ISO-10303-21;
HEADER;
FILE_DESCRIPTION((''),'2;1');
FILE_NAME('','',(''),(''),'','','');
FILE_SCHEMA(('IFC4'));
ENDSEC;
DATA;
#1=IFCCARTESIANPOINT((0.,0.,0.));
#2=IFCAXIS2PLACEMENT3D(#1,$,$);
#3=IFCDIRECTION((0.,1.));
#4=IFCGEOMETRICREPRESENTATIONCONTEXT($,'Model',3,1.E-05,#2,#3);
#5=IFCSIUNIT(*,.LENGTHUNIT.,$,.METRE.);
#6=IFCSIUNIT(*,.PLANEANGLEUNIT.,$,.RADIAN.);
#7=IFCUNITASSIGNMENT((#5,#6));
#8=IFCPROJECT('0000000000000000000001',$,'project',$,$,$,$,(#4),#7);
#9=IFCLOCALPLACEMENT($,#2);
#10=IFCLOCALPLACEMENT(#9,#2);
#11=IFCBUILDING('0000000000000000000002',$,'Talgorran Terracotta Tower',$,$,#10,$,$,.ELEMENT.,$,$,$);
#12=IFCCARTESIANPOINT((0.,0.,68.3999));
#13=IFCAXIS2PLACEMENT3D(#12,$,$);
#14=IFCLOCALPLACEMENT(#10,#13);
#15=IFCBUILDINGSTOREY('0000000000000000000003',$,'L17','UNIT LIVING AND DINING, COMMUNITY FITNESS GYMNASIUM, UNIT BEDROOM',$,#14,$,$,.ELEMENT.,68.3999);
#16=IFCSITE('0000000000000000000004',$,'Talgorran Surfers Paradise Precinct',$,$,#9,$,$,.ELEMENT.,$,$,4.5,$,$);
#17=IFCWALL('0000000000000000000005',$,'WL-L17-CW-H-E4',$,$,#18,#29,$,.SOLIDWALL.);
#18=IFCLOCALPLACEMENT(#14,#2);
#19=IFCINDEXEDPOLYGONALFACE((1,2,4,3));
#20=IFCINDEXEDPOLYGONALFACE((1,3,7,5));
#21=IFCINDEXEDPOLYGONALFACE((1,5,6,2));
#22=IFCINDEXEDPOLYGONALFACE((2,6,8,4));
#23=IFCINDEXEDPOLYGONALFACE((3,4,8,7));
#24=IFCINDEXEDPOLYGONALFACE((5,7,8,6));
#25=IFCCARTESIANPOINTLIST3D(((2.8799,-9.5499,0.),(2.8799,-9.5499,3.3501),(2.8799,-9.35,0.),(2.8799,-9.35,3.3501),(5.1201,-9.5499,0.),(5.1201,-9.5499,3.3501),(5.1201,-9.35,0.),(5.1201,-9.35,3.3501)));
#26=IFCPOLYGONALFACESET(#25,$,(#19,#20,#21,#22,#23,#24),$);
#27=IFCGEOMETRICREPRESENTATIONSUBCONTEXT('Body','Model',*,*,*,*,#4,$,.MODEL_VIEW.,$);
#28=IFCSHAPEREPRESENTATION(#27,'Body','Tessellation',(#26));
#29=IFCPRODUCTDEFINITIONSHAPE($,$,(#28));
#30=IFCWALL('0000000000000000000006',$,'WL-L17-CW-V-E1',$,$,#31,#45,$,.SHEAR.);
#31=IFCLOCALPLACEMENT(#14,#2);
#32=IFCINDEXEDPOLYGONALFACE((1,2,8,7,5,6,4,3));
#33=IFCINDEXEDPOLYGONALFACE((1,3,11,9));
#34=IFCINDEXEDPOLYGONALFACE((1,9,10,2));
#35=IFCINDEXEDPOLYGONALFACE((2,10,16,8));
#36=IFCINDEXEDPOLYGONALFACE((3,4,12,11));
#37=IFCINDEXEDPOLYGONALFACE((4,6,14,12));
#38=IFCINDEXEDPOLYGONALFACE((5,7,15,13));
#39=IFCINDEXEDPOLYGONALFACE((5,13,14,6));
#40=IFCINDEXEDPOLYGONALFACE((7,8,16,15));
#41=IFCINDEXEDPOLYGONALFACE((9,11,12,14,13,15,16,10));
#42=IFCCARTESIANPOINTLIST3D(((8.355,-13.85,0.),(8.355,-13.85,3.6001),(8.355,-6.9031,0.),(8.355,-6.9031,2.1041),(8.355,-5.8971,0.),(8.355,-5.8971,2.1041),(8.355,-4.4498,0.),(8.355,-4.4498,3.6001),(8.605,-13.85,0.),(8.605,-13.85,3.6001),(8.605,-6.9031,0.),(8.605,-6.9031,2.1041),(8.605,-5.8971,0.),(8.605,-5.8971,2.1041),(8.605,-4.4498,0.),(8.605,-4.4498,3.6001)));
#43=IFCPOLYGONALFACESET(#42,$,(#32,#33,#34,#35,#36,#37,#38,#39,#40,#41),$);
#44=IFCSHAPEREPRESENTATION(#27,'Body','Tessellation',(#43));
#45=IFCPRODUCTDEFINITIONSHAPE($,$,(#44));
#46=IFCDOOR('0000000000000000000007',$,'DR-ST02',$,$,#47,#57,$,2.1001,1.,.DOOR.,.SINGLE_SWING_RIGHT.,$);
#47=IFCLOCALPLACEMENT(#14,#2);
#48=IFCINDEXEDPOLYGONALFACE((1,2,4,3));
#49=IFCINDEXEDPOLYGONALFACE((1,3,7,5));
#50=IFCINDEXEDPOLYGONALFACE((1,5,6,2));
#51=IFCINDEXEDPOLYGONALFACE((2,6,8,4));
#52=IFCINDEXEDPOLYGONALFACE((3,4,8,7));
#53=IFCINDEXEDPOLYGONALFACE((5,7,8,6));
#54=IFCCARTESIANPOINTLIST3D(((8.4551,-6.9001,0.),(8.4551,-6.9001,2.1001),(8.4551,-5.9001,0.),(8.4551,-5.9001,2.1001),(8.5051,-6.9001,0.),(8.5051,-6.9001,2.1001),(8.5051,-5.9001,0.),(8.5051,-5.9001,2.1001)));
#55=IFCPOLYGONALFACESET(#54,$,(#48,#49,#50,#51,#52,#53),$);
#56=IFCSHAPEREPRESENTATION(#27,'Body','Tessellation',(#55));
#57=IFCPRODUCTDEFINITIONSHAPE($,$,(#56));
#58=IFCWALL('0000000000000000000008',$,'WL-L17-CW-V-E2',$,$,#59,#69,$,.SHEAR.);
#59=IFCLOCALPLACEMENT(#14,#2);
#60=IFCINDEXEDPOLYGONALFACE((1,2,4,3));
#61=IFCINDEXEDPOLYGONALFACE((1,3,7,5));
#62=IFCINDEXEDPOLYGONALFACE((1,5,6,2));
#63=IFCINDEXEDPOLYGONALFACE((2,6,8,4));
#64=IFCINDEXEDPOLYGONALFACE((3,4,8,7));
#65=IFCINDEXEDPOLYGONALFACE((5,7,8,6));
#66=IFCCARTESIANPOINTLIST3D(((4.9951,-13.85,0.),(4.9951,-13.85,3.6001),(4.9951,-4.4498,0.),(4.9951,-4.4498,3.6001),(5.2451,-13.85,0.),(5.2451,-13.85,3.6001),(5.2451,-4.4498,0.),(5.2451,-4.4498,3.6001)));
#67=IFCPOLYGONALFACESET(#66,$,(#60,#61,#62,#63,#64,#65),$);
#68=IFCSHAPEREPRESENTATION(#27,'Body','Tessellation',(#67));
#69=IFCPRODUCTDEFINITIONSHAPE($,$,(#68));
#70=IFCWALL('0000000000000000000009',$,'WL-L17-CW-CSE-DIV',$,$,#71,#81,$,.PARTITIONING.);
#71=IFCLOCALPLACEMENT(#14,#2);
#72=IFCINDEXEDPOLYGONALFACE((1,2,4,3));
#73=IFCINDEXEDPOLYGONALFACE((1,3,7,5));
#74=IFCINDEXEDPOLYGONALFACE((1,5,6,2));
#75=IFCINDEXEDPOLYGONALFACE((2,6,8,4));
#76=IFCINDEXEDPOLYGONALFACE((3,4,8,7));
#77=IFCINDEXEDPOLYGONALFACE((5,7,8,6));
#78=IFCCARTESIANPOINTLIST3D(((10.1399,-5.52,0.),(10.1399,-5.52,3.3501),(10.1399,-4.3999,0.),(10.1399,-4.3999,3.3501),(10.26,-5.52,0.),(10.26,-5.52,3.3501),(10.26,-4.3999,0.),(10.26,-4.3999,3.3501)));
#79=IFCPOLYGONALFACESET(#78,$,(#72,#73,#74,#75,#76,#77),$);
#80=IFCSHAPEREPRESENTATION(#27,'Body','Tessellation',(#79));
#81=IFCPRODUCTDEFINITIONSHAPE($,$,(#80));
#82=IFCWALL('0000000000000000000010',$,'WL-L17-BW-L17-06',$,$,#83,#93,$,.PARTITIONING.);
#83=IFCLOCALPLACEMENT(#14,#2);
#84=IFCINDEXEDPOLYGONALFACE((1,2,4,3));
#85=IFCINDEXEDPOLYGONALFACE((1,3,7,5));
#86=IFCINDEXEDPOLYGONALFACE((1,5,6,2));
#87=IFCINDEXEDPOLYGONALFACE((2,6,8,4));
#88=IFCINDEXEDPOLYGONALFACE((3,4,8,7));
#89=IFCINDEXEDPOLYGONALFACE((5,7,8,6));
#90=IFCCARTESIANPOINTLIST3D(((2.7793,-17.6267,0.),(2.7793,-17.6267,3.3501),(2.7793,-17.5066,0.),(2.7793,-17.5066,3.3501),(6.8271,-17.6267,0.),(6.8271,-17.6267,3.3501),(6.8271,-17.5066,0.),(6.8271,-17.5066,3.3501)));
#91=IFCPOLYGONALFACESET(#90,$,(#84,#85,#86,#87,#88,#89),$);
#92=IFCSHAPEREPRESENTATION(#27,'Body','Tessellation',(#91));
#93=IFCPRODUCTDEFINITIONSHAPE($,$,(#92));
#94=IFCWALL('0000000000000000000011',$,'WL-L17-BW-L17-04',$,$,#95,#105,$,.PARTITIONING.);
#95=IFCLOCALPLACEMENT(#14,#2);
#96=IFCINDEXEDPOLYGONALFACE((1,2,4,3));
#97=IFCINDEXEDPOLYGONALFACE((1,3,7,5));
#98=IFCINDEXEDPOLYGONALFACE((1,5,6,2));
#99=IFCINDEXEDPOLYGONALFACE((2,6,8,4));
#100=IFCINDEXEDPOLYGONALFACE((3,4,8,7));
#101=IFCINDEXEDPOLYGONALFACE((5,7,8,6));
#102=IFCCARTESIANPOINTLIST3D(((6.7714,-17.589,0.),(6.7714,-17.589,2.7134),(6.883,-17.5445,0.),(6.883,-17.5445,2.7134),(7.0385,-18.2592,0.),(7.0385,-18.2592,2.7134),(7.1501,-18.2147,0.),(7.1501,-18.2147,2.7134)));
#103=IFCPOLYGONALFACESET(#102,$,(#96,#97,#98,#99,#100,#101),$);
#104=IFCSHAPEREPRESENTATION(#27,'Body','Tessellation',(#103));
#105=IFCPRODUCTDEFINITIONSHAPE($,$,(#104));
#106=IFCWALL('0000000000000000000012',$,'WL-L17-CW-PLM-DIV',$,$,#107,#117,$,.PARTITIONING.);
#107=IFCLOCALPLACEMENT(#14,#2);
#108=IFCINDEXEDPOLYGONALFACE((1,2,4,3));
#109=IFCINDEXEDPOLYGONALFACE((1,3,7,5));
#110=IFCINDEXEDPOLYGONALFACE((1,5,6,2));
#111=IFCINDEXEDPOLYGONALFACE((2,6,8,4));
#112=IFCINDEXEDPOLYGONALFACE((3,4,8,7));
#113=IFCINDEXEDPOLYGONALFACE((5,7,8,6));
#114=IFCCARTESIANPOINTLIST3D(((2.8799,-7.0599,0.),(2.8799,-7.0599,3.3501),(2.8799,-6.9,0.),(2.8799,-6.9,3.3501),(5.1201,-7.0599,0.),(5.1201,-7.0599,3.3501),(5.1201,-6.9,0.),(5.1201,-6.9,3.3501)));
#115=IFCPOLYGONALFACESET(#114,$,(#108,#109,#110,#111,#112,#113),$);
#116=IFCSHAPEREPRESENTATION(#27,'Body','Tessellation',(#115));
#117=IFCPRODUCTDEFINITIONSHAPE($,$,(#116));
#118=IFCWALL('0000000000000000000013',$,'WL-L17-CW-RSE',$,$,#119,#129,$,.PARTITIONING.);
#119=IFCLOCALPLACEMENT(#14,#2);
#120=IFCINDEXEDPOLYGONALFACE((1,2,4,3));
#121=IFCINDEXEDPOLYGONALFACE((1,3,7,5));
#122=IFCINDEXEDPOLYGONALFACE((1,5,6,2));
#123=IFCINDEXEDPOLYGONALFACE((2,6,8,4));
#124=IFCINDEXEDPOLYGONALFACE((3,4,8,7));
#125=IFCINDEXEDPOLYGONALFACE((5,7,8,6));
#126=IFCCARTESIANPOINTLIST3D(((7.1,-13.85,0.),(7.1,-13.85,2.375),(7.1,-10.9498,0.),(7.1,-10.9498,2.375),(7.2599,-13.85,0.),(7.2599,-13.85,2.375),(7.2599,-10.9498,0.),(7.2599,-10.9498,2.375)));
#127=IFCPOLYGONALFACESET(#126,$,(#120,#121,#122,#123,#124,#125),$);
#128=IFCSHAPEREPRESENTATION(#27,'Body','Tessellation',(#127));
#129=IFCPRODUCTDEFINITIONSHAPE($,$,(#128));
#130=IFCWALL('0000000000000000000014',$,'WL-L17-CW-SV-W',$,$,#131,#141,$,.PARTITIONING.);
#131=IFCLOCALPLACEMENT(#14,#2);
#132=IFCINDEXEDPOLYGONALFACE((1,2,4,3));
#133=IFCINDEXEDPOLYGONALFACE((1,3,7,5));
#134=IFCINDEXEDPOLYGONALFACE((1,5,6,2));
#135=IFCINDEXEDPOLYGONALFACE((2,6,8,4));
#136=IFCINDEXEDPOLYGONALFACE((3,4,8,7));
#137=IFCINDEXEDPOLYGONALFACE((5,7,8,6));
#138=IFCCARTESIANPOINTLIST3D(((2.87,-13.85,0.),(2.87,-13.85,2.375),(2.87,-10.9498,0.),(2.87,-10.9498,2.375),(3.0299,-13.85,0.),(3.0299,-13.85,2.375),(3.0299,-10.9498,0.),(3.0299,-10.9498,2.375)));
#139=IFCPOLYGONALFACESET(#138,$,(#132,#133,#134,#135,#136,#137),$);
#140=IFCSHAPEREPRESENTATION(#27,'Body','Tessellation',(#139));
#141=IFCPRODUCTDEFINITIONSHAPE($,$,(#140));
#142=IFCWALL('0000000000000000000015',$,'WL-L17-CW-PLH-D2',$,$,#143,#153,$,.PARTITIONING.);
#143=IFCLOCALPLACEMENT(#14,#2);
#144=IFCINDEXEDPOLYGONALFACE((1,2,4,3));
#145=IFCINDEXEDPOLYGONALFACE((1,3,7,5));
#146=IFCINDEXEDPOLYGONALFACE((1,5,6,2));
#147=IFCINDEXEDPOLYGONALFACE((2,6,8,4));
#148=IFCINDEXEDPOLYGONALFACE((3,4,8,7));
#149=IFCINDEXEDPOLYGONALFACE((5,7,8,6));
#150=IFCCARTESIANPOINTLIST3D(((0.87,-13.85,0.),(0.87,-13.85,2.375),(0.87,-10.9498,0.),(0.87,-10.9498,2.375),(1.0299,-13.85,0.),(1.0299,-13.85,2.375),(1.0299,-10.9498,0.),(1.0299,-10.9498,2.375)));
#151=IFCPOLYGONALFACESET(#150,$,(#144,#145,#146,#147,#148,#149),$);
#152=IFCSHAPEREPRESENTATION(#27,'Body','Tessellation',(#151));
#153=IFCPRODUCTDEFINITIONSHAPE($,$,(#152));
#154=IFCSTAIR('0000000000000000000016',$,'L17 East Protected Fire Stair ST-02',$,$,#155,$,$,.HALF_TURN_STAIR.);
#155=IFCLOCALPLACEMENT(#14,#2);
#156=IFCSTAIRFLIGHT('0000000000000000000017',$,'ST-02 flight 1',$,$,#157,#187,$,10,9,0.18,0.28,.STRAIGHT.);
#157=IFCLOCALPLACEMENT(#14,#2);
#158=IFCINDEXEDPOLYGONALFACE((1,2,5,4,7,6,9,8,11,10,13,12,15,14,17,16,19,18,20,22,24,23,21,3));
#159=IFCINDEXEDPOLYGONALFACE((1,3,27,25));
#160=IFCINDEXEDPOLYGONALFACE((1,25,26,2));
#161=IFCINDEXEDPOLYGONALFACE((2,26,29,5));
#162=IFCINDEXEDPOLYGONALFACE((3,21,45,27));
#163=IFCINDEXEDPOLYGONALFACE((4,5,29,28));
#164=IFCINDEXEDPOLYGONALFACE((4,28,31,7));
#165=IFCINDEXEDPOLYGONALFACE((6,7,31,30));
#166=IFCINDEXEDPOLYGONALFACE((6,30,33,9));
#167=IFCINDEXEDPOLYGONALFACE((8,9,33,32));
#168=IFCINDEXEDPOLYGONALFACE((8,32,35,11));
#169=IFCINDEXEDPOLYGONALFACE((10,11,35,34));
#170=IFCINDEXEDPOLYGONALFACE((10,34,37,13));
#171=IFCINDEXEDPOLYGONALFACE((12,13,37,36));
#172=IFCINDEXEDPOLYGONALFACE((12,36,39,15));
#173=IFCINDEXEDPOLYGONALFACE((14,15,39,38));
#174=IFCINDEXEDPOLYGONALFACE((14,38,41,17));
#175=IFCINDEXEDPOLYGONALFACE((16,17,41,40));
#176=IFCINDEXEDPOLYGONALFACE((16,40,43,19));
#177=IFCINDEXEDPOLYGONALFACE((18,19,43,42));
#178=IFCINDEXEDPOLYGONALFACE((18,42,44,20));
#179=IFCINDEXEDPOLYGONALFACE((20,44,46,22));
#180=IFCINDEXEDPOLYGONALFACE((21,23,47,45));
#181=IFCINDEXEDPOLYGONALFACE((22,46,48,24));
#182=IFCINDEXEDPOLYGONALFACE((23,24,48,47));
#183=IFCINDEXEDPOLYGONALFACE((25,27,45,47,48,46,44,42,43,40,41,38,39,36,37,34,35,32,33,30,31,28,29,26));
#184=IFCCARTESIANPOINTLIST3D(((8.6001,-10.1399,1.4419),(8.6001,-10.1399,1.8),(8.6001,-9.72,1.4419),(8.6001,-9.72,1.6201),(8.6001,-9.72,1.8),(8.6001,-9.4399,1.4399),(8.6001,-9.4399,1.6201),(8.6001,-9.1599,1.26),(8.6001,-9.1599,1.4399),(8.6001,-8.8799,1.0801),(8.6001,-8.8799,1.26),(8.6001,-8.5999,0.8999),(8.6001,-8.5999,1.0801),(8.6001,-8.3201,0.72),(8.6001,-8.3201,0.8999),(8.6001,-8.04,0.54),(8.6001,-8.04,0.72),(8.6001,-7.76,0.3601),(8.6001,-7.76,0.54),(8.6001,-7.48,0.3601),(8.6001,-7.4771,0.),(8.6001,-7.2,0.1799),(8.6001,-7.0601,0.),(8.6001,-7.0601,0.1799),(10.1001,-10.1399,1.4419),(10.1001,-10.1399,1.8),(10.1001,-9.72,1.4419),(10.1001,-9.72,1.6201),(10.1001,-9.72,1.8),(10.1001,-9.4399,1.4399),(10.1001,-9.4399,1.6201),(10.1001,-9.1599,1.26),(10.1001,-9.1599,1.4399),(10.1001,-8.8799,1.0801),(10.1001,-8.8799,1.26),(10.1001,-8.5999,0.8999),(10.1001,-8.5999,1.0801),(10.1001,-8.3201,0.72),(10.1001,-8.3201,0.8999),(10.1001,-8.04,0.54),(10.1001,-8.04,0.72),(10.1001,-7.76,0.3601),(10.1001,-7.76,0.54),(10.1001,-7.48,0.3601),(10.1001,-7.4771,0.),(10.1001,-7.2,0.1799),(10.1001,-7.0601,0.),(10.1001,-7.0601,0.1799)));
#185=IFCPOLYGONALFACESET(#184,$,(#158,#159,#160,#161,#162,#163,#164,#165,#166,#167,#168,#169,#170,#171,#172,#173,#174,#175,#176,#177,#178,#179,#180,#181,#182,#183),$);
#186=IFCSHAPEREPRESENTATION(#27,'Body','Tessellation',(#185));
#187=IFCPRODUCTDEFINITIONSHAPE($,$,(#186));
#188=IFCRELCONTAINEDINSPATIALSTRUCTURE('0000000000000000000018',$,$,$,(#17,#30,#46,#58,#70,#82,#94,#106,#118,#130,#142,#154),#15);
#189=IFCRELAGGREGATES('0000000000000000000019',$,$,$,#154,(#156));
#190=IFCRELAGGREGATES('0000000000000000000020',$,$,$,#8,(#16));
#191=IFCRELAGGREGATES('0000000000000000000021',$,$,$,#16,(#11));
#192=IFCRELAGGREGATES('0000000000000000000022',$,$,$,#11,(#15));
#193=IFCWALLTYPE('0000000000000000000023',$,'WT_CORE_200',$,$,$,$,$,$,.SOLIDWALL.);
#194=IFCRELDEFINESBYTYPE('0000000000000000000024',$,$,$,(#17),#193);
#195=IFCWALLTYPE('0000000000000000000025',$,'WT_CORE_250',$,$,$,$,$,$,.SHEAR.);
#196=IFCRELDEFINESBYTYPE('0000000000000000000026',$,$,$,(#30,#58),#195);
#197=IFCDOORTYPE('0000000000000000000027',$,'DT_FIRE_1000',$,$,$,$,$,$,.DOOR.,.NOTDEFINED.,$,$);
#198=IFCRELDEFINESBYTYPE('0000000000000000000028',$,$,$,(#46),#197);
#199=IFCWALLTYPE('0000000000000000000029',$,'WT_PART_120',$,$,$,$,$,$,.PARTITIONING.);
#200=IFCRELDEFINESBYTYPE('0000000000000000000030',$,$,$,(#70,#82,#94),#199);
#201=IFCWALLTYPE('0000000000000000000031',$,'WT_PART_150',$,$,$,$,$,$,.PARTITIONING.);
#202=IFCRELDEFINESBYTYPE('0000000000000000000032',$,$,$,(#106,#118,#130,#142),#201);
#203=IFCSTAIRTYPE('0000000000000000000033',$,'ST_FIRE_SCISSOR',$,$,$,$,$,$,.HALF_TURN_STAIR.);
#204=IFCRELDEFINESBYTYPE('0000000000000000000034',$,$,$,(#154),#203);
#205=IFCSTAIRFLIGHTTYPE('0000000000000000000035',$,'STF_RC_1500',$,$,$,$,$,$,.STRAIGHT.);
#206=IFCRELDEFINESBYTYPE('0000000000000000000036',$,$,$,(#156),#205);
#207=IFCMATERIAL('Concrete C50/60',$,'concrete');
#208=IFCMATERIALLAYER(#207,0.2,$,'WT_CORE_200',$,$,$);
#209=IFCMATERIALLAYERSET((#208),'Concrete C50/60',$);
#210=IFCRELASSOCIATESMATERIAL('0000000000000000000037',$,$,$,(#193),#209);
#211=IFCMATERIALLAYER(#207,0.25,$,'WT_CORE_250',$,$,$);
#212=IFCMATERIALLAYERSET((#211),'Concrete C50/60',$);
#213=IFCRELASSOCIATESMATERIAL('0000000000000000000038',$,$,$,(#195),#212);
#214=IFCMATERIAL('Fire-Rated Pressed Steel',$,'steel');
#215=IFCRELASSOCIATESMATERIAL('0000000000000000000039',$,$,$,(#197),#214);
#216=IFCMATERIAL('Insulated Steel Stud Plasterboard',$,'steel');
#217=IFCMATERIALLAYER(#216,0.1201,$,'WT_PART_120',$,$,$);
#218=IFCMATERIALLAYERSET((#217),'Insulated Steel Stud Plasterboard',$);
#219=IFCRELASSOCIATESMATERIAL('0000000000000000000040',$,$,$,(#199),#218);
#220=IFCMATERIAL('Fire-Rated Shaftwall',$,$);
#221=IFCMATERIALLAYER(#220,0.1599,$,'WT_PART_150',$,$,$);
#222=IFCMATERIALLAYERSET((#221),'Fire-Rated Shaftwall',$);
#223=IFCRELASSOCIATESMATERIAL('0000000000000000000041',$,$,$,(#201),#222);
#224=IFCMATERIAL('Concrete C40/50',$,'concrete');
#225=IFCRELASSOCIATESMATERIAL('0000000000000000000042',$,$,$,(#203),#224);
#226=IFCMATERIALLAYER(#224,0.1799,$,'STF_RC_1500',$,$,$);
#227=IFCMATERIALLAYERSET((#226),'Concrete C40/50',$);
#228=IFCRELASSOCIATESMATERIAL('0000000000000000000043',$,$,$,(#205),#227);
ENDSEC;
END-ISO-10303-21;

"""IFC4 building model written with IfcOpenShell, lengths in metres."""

from ifc_helpers import new_model, si_unit, direction, frame, frame_2d, origin, place, context, subcontext, project, spatial, polyline, rectangle, outline, extrude, material, layer, layer_set, type_object, element, fill, aggregate, save


model = new_model("IFC4")

# Units and contexts
model_context = context("Model", 3, precision=1e-05, world=origin(), true_north=direction((0.0, 1.0)))
body_context = subcontext(model_context, "Body", "Model", "MODEL_VIEW")
ifc_project = project(units=[si_unit("LENGTHUNIT", "METRE"), si_unit("PLANEANGLEUNIT", "RADIAN")], contexts=[model_context])

# Site, building, storey
site_placement = place(None, origin())
site = spatial("IfcSite", under=ifc_project, at=site_placement, Name="Talgorran Surfers Paradise Precinct", CompositionType="ELEMENT", RefElevation=4.5)
building_placement = place(site_placement, origin())
building = spatial("IfcBuilding", under=site, at=building_placement, Name="Talgorran Terracotta Tower", CompositionType="ELEMENT")
storey_placement = place(building_placement, frame((0.0, 0.0, 68.3999)))
storey = spatial("IfcBuildingStorey", under=building, at=storey_placement, Name="L17", Description="UNIT LIVING AND DINING, COMMUNITY FITNESS GYMNASIUM, UNIT BEDROOM", CompositionType="ELEMENT", Elevation=68.3999)

# Shared definitions
ifc_material_1 = material(Name="Concrete C50/60", Category="concrete")
ifc_layer_1 = layer(ifc_material_1, 0.2, Name="WT_CORE_200")
ifc_layer_set_1 = layer_set([ifc_layer_1], Name="Concrete C50/60")
wall_type_1 = type_object("IfcWallType", Name="WT_CORE_200", PredefinedType="SOLIDWALL", material=ifc_layer_set_1)

# Shared definitions
ifc_material_2 = material(Name="Fire-Rated Pressed Steel", Category="steel")

# Wall
wall_1_placement = place(storey_placement, frame((2.8799, -9.45, 0.0), z_axis=(0.0, 0.0, 1.0), x_axis=(1.0, 0.0, 0.0)))
element("IfcWall", 1, at=wall_1_placement, inside=storey, type_object=wall_type_1, Name="WL-L17-CW-H-E4", PredefinedType="SOLIDWALL", context=body_context, shape_type="SweptSolid", body=[
    extrude(rectangle(XDim=2.2402, YDim=0.2, at=frame_2d((1.1201, 0.0))), origin(), (0.0, 0.0, 1.0), 3.3501),
])

# Wall, opening, door
ifc_layer_2 = layer(ifc_material_1, 0.25, Name="WT_CORE_250")
ifc_layer_set_2 = layer_set([ifc_layer_2], Name="Concrete C50/60")
wall_type_2 = type_object("IfcWallType", Name="WT_CORE_250", PredefinedType="SHEAR", material=ifc_layer_set_2)
wall_2_placement = place(storey_placement, frame((8.48, -13.8501, 0.0), z_axis=(0.0, 0.0, 1.0), x_axis=(0.0, 1.0, 0.0)))
wall_2 = element("IfcWall", 2, at=wall_2_placement, inside=storey, type_object=wall_type_2, Name="WL-L17-CW-V-E1", PredefinedType="SHEAR", context=body_context, shape_type="SweptSolid", body=[
    extrude(rectangle(XDim=9.4001, YDim=0.25, at=frame_2d((4.7002, 0.0))), origin(), (0.0, 0.0, 1.0), 3.6001),
])
opening_1_placement = place(wall_2_placement, frame((6.95, 0.0, 0.0)))
opening_1 = element("IfcOpeningElement", 3, at=opening_1_placement, cuts=wall_2, PredefinedType="OPENING", context=body_context, shape_type="SweptSolid", body=[
    extrude(rectangle(XDim=1.006, YDim=2.1041, at=frame_2d((0.5, 1.052))), frame((0.0, 0.135, 0.0), z_axis=(0.0, -1.0, 0.0), x_axis=(1.0, 0.0, 0.0)), (0.0, 0.0, 1.0), 0.27),
])
door_type_1 = type_object("IfcDoorType", Name="DT_FIRE_1000", OperationType="NOTDEFINED", PredefinedType="DOOR", material=ifc_material_2)
door_1_placement = place(opening_1_placement, origin())
door_1 = element("IfcDoor", 4, at=door_1_placement, inside=storey, type_object=door_type_1, Name="DR-ST02", OperationType="SINGLE_SWING_RIGHT", OverallHeight=2.1001, OverallWidth=1.0, PredefinedType="DOOR", context=body_context, shape_type="SweptSolid", body=[
    extrude(rectangle(XDim=1.0, YDim=2.1001, at=frame_2d((0.5, 1.05))), frame((0.0, 0.0249, 0.0), z_axis=(0.0, -1.0, 0.0), x_axis=(1.0, 0.0, 0.0)), (0.0, 0.0, 1.0), 0.05),
])
fill(opening_1, door_1)

# Walls
wall_3_placement = place(storey_placement, frame((5.1201, -13.8501, 0.0), z_axis=(0.0, 0.0, 1.0), x_axis=(0.0, 1.0, 0.0)))
element("IfcWall", 5, at=wall_3_placement, inside=storey, type_object=wall_type_2, Name="WL-L17-CW-V-E2", PredefinedType="SHEAR", context=body_context, shape_type="SweptSolid", body=[
    extrude(rectangle(XDim=9.4001, YDim=0.25, at=frame_2d((4.7002, 0.0))), origin(), (0.0, 0.0, 1.0), 3.6001),
])
ifc_material_3 = material(Name="Insulated Steel Stud Plasterboard", Category="steel")
ifc_layer_3 = layer(ifc_material_3, 0.1201, Name="WT_PART_120")
ifc_layer_set_3 = layer_set([ifc_layer_3], Name="Insulated Steel Stud Plasterboard")
wall_type_3 = type_object("IfcWallType", Name="WT_PART_120", PredefinedType="PARTITIONING", material=ifc_layer_set_3)
wall_4_placement = place(storey_placement, frame((10.2, -5.52, 0.0), z_axis=(0.0, 0.0, 1.0), x_axis=(0.0, 1.0, 0.0)))
element("IfcWall", 6, at=wall_4_placement, inside=storey, type_object=wall_type_3, Name="WL-L17-CW-CSE-DIV", PredefinedType="PARTITIONING", context=body_context, shape_type="SweptSolid", body=[
    extrude(rectangle(XDim=1.1201, YDim=0.1201, at=frame_2d((0.5601, 0.0))), origin(), (0.0, 0.0, 1.0), 3.3501),
])
wall_5_placement = place(storey_placement, frame((2.7793, -17.5667, 0.0), z_axis=(0.0, 0.0, 1.0), x_axis=(1.0, 0.0, 0.0)))
element("IfcWall", 7, at=wall_5_placement, inside=storey, type_object=wall_type_3, Name="WL-L17-BW-L17-06", PredefinedType="PARTITIONING", context=body_context, shape_type="SweptSolid", body=[
    extrude(rectangle(XDim=4.0479, YDim=0.1201, at=frame_2d((2.0239, 0.0))), origin(), (0.0, 0.0, 1.0), 3.3501),
])
wall_6_placement = place(storey_placement, frame((6.8271, -17.5667, 0.0), z_axis=(0.0, 0.0, 1.0), x_axis=(0.370223, -0.928943, 0.0)))
element("IfcWall", 8, at=wall_6_placement, inside=storey, type_object=wall_type_3, Name="WL-L17-BW-L17-04", PredefinedType="PARTITIONING", context=body_context, shape_type="SweptSolid", body=[
    extrude(rectangle(XDim=0.7214, YDim=0.1201, at=frame_2d((0.3608, 0.0))), origin(), (0.0, 0.0, 1.0), 2.7134),
])
ifc_material_4 = material(Name="Fire-Rated Shaftwall")
ifc_layer_4 = layer(ifc_material_4, 0.1599, Name="WT_PART_150")
ifc_layer_set_4 = layer_set([ifc_layer_4], Name="Fire-Rated Shaftwall")
wall_type_4 = type_object("IfcWallType", Name="WT_PART_150", PredefinedType="PARTITIONING", material=ifc_layer_set_4)
wall_7_placement = place(storey_placement, frame((2.8799, -6.98, 0.0), z_axis=(0.0, 0.0, 1.0), x_axis=(1.0, 0.0, 0.0)))
element("IfcWall", 9, at=wall_7_placement, inside=storey, type_object=wall_type_4, Name="WL-L17-CW-PLM-DIV", PredefinedType="PARTITIONING", context=body_context, shape_type="SweptSolid", body=[
    extrude(rectangle(XDim=2.2402, YDim=0.1599, at=frame_2d((1.1201, 0.0))), origin(), (0.0, 0.0, 1.0), 3.3501),
])
for number, where, z_axis, x_axis, name in (
    (10, (7.1799, -13.8501, 0.0), (0.0, 0.0, 1.0), (0.0, 1.0, 0.0), "WL-L17-CW-RSE"),
    (11, (2.95, -13.8501, 0.0), (0.0, 0.0, 1.0), (0.0, 1.0, 0.0), "WL-L17-CW-SV-W"),
    (12, (0.95, -13.8501, 0.0), (0.0, 0.0, 1.0), (0.0, 1.0, 0.0), "WL-L17-CW-PLH-D2"),
):
    element("IfcWall", number, at=place(storey_placement, frame(where, z_axis=z_axis, x_axis=x_axis)), inside=storey, type_object=wall_type_4, Name=name, PredefinedType="PARTITIONING", context=body_context, shape_type="SweptSolid", body=[
        extrude(rectangle(XDim=2.9001, YDim=0.1599, at=frame_2d((1.4502, 0.0))), origin(), (0.0, 0.0, 1.0), 2.375),
    ])

# Stair, stair flight
ifc_material_5 = material(Name="Concrete C40/50", Category="concrete")
stair_type = type_object("IfcStairType", Name="ST_FIRE_SCISSOR", PredefinedType="HALF_TURN_STAIR", material=ifc_material_5)
stair_placement = place(storey_placement, origin())
stair = element("IfcStair", 13, at=stair_placement, inside=storey, type_object=stair_type, Name="L17 East Protected Fire Stair ST-02", PredefinedType="HALF_TURN_STAIR")
ifc_layer_5 = layer(ifc_material_5, 0.1799, Name="STF_RC_1500")
ifc_layer_set_5 = layer_set([ifc_layer_5], Name="Concrete C40/50")
stair_flight_type = type_object("IfcStairFlightType", Name="STF_RC_1500", PredefinedType="STRAIGHT", material=ifc_layer_set_5)
stair_flight_placement = place(storey_placement, frame((9.3501, -7.2, 0.0), z_axis=(0.0, 0.0, 1.0), x_axis=(0.0, -1.0, 0.0)))
stair_flight = element("IfcStairFlight", 14, at=stair_flight_placement, type_object=stair_flight_type, Name="ST-02 flight 1", NumberOfRisers=10, NumberOfTreads=9, PredefinedType="STRAIGHT", RiserHeight=0.18, TreadLength=0.28, context=body_context, shape_type="SweptSolid", body=[
    extrude(outline(polyline([(-0.1399, 0.0), (-0.1399, 0.1799), (0.0, 0.1799), (0.28, 0.3601), (0.5601, 0.3601), (0.5601, 0.54), (0.8401, 0.54), (0.8401, 0.72), (1.1201, 0.72), (1.1201, 0.8999), (1.3999, 0.8999), (1.3999, 1.0801), (1.6799, 1.0801), (1.6799, 1.26), (1.96, 1.26), (1.96, 1.4399), (2.24, 1.4399), (2.24, 1.6201), (2.52, 1.6201), (2.52, 1.8), (2.9399, 1.8), (2.9399, 1.4419), (2.52, 1.4419), (0.2771, 0.0), (-0.1399, 0.0)])), frame((0.0, 0.75, 0.0), z_axis=(0.0, -1.0, 0.0), x_axis=(1.0, 0.0, 0.0)), (0.0, 0.0, 1.0), 1.5),
])
aggregate(stair, [stair_flight])

save(model, "model.ifc")
